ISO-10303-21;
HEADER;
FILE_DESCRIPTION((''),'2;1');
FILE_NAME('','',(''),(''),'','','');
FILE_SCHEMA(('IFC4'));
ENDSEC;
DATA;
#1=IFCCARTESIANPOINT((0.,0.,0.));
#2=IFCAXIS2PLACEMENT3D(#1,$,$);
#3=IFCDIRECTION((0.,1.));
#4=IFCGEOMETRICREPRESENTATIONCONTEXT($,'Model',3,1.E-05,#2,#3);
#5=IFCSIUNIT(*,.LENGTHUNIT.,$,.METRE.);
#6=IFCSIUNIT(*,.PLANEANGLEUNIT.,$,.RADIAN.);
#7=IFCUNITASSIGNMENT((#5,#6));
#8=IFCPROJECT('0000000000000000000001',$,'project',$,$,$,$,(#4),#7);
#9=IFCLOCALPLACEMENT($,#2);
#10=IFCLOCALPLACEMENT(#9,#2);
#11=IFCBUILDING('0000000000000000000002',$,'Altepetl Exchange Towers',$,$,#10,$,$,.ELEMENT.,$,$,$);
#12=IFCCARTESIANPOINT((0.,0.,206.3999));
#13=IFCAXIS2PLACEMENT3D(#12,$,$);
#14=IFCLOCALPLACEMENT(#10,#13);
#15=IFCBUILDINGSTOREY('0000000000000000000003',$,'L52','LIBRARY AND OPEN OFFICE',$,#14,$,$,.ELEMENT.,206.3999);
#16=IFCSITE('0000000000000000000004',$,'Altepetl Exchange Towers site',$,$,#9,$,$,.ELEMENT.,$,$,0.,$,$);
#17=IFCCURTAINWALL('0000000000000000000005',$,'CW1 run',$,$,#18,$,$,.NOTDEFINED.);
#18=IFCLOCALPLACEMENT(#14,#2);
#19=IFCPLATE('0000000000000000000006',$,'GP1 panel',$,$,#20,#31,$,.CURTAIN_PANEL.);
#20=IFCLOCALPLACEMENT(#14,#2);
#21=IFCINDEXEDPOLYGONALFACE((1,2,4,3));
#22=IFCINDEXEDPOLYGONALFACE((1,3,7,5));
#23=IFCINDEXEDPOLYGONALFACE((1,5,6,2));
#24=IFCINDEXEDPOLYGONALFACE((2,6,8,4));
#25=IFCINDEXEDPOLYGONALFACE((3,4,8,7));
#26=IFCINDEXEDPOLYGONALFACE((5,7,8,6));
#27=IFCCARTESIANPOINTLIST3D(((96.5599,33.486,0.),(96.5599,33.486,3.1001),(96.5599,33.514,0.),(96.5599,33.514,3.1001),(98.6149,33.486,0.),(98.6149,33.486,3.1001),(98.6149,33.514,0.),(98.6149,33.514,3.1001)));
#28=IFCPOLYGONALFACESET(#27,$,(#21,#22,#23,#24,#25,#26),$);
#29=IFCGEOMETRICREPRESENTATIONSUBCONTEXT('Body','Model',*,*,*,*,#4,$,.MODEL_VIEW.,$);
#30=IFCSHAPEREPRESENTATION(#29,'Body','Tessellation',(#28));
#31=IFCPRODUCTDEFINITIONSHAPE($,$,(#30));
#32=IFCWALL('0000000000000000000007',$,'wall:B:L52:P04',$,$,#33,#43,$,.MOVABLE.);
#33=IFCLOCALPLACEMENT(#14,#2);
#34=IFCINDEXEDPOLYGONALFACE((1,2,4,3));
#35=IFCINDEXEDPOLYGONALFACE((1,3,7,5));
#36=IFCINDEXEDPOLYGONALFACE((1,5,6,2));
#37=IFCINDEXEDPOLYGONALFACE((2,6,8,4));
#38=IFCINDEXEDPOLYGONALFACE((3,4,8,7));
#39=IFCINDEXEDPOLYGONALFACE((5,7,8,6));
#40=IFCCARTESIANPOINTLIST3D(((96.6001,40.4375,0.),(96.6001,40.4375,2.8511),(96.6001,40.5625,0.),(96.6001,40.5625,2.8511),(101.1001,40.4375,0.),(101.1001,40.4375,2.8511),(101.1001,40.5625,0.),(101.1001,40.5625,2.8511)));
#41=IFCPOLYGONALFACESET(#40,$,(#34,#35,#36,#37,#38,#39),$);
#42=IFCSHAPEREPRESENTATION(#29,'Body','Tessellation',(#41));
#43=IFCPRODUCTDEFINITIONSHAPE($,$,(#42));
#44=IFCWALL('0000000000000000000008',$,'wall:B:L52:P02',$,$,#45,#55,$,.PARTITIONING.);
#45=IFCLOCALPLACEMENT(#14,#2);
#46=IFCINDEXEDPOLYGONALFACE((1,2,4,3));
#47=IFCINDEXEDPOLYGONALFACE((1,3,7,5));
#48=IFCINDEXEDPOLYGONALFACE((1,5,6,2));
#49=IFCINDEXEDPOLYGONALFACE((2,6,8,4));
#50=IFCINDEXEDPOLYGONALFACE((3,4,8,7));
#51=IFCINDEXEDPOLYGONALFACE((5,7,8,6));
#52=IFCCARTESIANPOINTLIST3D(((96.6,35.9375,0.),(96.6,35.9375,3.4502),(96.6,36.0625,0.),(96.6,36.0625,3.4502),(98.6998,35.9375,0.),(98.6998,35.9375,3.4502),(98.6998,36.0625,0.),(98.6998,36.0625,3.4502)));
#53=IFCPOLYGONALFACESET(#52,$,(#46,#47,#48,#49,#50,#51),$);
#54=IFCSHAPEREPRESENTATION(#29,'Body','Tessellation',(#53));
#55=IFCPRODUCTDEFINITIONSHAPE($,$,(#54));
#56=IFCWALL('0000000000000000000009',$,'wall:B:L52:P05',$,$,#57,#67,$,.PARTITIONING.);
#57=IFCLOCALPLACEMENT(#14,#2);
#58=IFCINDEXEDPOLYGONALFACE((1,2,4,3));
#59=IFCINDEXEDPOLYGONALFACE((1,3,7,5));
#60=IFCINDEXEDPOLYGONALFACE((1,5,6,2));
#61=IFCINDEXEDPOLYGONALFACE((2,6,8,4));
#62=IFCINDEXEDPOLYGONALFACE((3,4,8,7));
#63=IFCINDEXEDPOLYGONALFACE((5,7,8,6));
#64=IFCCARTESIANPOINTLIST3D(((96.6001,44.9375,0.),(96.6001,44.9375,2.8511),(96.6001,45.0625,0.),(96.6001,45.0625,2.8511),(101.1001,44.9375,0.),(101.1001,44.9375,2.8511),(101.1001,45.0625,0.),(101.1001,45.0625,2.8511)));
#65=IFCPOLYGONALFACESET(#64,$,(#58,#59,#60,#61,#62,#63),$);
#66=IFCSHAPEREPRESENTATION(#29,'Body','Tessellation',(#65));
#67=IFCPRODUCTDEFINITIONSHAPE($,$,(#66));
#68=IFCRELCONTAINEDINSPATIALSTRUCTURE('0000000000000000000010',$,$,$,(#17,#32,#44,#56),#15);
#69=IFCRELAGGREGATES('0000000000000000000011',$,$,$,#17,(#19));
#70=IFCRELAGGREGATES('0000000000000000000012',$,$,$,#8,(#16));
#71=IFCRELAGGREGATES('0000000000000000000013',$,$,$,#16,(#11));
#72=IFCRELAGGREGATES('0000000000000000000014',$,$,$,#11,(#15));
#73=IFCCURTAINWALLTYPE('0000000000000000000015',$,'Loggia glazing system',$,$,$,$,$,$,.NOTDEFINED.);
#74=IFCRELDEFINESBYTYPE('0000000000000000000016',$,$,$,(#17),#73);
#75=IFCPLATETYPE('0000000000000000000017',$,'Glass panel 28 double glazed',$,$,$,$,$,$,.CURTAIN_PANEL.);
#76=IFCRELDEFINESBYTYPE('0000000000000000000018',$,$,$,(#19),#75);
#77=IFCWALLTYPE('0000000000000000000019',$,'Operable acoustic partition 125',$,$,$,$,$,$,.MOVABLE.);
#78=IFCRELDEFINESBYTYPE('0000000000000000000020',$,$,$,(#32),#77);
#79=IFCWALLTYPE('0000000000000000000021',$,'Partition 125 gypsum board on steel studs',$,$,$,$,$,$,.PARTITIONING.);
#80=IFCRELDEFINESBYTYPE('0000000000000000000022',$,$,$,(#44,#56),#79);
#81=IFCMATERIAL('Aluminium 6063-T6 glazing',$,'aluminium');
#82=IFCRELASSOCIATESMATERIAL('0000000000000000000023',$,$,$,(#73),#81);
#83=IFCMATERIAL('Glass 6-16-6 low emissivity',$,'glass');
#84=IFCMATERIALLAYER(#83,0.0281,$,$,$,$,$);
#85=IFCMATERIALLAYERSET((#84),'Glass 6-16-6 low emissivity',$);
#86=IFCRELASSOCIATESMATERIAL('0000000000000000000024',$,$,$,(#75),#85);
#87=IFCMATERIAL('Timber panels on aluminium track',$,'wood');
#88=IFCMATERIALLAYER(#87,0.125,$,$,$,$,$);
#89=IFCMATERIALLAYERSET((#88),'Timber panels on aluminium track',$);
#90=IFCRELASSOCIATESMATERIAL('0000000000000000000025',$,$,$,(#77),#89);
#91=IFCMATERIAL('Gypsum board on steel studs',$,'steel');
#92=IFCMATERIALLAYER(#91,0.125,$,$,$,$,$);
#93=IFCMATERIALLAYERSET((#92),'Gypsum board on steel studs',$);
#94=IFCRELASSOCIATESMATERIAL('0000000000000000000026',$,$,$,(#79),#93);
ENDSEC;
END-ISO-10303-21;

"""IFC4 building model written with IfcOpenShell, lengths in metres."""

from ifc_helpers import new_model, si_unit, direction, frame, frame_2d, origin, origin_2d, place, context, subcontext, project, spatial, rectangle, extrude, material, layer, layer_set, type_object, element, aggregate, save


model = new_model("IFC4")

# Units and contexts
model_context = context("Model", 3, precision=1e-05, world=origin(), true_north=direction((0.0, 1.0)))
body_context = subcontext(model_context, "Body", "Model", "MODEL_VIEW")
ifc_project = project(units=[si_unit("LENGTHUNIT", "METRE"), si_unit("PLANEANGLEUNIT", "RADIAN")], contexts=[model_context])

# Site, building, storey
site_placement = place(None, origin())
site = spatial("IfcSite", under=ifc_project, at=site_placement, Name="Altepetl Exchange Towers site", CompositionType="ELEMENT", RefElevation=0.0)
building_placement = place(site_placement, origin())
building = spatial("IfcBuilding", under=site, at=building_placement, Name="Altepetl Exchange Towers", CompositionType="ELEMENT")
storey_placement = place(building_placement, frame((0.0, 0.0, 206.3999)))
storey = spatial("IfcBuildingStorey", under=building, at=storey_placement, Name="L52", Description="LIBRARY AND OPEN OFFICE", CompositionType="ELEMENT", Elevation=206.3999)

# Curtain wall
ifc_material_1 = material(Name="Aluminium 6063-T6 glazing", Category="aluminium")
curtain_wall_type = type_object("IfcCurtainWallType", Name="Loggia glazing system", PredefinedType="NOTDEFINED", material=ifc_material_1)
curtain_wall_1_placement = place(storey_placement, origin())
curtain_wall_1 = element("IfcCurtainWall", 1, at=curtain_wall_1_placement, inside=storey, type_object=curtain_wall_type, Name="CW1 run", PredefinedType="NOTDEFINED")

# Plate
ifc_material_2 = material(Name="Glass 6-16-6 low emissivity", Category="glass")
ifc_layer_1 = layer(ifc_material_2, 0.0281)
ifc_layer_set_1 = layer_set([ifc_layer_1], Name="Glass 6-16-6 low emissivity")
plate_type = type_object("IfcPlateType", Name="Glass panel 28 double glazed", PredefinedType="CURTAIN_PANEL", material=ifc_layer_set_1)
plate_1_placement = place(storey_placement, frame((97.5874, 33.5, 0.0)))
plate_1 = element("IfcPlate", 2, at=plate_1_placement, type_object=plate_type, Name="GP1 panel", PredefinedType="CURTAIN_PANEL", context=body_context, shape_type="SweptSolid", body=[
    extrude(rectangle(XDim=2.0549, YDim=0.0281, at=origin_2d()), origin(), (0.0, 0.0, 1.0), 3.1001),
])
aggregate(curtain_wall_1, [plate_1])

# Walls
ifc_material_3 = material(Name="Timber panels on aluminium track", Category="wood")
ifc_layer_2 = layer(ifc_material_3, 0.125)
ifc_layer_set_2 = layer_set([ifc_layer_2], Name="Timber panels on aluminium track")
wall_type_1 = type_object("IfcWallType", Name="Operable acoustic partition 125", PredefinedType="MOVABLE", material=ifc_layer_set_2)
wall_1_placement = place(storey_placement, frame((96.6001, 40.5, 0.0)))
element("IfcWall", 3, at=wall_1_placement, inside=storey, type_object=wall_type_1, Name="wall:B:L52:P04", PredefinedType="MOVABLE", context=body_context, shape_type="SweptSolid", body=[
    extrude(rectangle(XDim=4.5, YDim=0.125, at=frame_2d((2.25, 0.0))), origin(), (0.0, 0.0, 1.0), 2.8511),
])
ifc_material_4 = material(Name="Gypsum board on steel studs", Category="steel")
ifc_layer_3 = layer(ifc_material_4, 0.125)
ifc_layer_set_3 = layer_set([ifc_layer_3], Name="Gypsum board on steel studs")
wall_type_2 = type_object("IfcWallType", Name="Partition 125 gypsum board on steel studs", PredefinedType="PARTITIONING", material=ifc_layer_set_3)
wall_2_placement = place(storey_placement, frame((96.6001, 36.0, 0.0)))
element("IfcWall", 4, at=wall_2_placement, inside=storey, type_object=wall_type_2, Name="wall:B:L52:P02", PredefinedType="PARTITIONING", context=body_context, shape_type="SweptSolid", body=[
    extrude(rectangle(XDim=2.0999, YDim=0.125, at=frame_2d((1.0498, 0.0))), origin(), (0.0, 0.0, 1.0), 3.4502),
])
wall_3_placement = place(storey_placement, frame((96.6001, 45.0, 0.0)))
element("IfcWall", 5, at=wall_3_placement, inside=storey, type_object=wall_type_2, Name="wall:B:L52:P05", PredefinedType="PARTITIONING", context=body_context, shape_type="SweptSolid", body=[
    extrude(rectangle(XDim=4.5, YDim=0.125, at=frame_2d((2.25, 0.0))), origin(), (0.0, 0.0, 1.0), 2.8511),
])

save(model, "model.ifc")
